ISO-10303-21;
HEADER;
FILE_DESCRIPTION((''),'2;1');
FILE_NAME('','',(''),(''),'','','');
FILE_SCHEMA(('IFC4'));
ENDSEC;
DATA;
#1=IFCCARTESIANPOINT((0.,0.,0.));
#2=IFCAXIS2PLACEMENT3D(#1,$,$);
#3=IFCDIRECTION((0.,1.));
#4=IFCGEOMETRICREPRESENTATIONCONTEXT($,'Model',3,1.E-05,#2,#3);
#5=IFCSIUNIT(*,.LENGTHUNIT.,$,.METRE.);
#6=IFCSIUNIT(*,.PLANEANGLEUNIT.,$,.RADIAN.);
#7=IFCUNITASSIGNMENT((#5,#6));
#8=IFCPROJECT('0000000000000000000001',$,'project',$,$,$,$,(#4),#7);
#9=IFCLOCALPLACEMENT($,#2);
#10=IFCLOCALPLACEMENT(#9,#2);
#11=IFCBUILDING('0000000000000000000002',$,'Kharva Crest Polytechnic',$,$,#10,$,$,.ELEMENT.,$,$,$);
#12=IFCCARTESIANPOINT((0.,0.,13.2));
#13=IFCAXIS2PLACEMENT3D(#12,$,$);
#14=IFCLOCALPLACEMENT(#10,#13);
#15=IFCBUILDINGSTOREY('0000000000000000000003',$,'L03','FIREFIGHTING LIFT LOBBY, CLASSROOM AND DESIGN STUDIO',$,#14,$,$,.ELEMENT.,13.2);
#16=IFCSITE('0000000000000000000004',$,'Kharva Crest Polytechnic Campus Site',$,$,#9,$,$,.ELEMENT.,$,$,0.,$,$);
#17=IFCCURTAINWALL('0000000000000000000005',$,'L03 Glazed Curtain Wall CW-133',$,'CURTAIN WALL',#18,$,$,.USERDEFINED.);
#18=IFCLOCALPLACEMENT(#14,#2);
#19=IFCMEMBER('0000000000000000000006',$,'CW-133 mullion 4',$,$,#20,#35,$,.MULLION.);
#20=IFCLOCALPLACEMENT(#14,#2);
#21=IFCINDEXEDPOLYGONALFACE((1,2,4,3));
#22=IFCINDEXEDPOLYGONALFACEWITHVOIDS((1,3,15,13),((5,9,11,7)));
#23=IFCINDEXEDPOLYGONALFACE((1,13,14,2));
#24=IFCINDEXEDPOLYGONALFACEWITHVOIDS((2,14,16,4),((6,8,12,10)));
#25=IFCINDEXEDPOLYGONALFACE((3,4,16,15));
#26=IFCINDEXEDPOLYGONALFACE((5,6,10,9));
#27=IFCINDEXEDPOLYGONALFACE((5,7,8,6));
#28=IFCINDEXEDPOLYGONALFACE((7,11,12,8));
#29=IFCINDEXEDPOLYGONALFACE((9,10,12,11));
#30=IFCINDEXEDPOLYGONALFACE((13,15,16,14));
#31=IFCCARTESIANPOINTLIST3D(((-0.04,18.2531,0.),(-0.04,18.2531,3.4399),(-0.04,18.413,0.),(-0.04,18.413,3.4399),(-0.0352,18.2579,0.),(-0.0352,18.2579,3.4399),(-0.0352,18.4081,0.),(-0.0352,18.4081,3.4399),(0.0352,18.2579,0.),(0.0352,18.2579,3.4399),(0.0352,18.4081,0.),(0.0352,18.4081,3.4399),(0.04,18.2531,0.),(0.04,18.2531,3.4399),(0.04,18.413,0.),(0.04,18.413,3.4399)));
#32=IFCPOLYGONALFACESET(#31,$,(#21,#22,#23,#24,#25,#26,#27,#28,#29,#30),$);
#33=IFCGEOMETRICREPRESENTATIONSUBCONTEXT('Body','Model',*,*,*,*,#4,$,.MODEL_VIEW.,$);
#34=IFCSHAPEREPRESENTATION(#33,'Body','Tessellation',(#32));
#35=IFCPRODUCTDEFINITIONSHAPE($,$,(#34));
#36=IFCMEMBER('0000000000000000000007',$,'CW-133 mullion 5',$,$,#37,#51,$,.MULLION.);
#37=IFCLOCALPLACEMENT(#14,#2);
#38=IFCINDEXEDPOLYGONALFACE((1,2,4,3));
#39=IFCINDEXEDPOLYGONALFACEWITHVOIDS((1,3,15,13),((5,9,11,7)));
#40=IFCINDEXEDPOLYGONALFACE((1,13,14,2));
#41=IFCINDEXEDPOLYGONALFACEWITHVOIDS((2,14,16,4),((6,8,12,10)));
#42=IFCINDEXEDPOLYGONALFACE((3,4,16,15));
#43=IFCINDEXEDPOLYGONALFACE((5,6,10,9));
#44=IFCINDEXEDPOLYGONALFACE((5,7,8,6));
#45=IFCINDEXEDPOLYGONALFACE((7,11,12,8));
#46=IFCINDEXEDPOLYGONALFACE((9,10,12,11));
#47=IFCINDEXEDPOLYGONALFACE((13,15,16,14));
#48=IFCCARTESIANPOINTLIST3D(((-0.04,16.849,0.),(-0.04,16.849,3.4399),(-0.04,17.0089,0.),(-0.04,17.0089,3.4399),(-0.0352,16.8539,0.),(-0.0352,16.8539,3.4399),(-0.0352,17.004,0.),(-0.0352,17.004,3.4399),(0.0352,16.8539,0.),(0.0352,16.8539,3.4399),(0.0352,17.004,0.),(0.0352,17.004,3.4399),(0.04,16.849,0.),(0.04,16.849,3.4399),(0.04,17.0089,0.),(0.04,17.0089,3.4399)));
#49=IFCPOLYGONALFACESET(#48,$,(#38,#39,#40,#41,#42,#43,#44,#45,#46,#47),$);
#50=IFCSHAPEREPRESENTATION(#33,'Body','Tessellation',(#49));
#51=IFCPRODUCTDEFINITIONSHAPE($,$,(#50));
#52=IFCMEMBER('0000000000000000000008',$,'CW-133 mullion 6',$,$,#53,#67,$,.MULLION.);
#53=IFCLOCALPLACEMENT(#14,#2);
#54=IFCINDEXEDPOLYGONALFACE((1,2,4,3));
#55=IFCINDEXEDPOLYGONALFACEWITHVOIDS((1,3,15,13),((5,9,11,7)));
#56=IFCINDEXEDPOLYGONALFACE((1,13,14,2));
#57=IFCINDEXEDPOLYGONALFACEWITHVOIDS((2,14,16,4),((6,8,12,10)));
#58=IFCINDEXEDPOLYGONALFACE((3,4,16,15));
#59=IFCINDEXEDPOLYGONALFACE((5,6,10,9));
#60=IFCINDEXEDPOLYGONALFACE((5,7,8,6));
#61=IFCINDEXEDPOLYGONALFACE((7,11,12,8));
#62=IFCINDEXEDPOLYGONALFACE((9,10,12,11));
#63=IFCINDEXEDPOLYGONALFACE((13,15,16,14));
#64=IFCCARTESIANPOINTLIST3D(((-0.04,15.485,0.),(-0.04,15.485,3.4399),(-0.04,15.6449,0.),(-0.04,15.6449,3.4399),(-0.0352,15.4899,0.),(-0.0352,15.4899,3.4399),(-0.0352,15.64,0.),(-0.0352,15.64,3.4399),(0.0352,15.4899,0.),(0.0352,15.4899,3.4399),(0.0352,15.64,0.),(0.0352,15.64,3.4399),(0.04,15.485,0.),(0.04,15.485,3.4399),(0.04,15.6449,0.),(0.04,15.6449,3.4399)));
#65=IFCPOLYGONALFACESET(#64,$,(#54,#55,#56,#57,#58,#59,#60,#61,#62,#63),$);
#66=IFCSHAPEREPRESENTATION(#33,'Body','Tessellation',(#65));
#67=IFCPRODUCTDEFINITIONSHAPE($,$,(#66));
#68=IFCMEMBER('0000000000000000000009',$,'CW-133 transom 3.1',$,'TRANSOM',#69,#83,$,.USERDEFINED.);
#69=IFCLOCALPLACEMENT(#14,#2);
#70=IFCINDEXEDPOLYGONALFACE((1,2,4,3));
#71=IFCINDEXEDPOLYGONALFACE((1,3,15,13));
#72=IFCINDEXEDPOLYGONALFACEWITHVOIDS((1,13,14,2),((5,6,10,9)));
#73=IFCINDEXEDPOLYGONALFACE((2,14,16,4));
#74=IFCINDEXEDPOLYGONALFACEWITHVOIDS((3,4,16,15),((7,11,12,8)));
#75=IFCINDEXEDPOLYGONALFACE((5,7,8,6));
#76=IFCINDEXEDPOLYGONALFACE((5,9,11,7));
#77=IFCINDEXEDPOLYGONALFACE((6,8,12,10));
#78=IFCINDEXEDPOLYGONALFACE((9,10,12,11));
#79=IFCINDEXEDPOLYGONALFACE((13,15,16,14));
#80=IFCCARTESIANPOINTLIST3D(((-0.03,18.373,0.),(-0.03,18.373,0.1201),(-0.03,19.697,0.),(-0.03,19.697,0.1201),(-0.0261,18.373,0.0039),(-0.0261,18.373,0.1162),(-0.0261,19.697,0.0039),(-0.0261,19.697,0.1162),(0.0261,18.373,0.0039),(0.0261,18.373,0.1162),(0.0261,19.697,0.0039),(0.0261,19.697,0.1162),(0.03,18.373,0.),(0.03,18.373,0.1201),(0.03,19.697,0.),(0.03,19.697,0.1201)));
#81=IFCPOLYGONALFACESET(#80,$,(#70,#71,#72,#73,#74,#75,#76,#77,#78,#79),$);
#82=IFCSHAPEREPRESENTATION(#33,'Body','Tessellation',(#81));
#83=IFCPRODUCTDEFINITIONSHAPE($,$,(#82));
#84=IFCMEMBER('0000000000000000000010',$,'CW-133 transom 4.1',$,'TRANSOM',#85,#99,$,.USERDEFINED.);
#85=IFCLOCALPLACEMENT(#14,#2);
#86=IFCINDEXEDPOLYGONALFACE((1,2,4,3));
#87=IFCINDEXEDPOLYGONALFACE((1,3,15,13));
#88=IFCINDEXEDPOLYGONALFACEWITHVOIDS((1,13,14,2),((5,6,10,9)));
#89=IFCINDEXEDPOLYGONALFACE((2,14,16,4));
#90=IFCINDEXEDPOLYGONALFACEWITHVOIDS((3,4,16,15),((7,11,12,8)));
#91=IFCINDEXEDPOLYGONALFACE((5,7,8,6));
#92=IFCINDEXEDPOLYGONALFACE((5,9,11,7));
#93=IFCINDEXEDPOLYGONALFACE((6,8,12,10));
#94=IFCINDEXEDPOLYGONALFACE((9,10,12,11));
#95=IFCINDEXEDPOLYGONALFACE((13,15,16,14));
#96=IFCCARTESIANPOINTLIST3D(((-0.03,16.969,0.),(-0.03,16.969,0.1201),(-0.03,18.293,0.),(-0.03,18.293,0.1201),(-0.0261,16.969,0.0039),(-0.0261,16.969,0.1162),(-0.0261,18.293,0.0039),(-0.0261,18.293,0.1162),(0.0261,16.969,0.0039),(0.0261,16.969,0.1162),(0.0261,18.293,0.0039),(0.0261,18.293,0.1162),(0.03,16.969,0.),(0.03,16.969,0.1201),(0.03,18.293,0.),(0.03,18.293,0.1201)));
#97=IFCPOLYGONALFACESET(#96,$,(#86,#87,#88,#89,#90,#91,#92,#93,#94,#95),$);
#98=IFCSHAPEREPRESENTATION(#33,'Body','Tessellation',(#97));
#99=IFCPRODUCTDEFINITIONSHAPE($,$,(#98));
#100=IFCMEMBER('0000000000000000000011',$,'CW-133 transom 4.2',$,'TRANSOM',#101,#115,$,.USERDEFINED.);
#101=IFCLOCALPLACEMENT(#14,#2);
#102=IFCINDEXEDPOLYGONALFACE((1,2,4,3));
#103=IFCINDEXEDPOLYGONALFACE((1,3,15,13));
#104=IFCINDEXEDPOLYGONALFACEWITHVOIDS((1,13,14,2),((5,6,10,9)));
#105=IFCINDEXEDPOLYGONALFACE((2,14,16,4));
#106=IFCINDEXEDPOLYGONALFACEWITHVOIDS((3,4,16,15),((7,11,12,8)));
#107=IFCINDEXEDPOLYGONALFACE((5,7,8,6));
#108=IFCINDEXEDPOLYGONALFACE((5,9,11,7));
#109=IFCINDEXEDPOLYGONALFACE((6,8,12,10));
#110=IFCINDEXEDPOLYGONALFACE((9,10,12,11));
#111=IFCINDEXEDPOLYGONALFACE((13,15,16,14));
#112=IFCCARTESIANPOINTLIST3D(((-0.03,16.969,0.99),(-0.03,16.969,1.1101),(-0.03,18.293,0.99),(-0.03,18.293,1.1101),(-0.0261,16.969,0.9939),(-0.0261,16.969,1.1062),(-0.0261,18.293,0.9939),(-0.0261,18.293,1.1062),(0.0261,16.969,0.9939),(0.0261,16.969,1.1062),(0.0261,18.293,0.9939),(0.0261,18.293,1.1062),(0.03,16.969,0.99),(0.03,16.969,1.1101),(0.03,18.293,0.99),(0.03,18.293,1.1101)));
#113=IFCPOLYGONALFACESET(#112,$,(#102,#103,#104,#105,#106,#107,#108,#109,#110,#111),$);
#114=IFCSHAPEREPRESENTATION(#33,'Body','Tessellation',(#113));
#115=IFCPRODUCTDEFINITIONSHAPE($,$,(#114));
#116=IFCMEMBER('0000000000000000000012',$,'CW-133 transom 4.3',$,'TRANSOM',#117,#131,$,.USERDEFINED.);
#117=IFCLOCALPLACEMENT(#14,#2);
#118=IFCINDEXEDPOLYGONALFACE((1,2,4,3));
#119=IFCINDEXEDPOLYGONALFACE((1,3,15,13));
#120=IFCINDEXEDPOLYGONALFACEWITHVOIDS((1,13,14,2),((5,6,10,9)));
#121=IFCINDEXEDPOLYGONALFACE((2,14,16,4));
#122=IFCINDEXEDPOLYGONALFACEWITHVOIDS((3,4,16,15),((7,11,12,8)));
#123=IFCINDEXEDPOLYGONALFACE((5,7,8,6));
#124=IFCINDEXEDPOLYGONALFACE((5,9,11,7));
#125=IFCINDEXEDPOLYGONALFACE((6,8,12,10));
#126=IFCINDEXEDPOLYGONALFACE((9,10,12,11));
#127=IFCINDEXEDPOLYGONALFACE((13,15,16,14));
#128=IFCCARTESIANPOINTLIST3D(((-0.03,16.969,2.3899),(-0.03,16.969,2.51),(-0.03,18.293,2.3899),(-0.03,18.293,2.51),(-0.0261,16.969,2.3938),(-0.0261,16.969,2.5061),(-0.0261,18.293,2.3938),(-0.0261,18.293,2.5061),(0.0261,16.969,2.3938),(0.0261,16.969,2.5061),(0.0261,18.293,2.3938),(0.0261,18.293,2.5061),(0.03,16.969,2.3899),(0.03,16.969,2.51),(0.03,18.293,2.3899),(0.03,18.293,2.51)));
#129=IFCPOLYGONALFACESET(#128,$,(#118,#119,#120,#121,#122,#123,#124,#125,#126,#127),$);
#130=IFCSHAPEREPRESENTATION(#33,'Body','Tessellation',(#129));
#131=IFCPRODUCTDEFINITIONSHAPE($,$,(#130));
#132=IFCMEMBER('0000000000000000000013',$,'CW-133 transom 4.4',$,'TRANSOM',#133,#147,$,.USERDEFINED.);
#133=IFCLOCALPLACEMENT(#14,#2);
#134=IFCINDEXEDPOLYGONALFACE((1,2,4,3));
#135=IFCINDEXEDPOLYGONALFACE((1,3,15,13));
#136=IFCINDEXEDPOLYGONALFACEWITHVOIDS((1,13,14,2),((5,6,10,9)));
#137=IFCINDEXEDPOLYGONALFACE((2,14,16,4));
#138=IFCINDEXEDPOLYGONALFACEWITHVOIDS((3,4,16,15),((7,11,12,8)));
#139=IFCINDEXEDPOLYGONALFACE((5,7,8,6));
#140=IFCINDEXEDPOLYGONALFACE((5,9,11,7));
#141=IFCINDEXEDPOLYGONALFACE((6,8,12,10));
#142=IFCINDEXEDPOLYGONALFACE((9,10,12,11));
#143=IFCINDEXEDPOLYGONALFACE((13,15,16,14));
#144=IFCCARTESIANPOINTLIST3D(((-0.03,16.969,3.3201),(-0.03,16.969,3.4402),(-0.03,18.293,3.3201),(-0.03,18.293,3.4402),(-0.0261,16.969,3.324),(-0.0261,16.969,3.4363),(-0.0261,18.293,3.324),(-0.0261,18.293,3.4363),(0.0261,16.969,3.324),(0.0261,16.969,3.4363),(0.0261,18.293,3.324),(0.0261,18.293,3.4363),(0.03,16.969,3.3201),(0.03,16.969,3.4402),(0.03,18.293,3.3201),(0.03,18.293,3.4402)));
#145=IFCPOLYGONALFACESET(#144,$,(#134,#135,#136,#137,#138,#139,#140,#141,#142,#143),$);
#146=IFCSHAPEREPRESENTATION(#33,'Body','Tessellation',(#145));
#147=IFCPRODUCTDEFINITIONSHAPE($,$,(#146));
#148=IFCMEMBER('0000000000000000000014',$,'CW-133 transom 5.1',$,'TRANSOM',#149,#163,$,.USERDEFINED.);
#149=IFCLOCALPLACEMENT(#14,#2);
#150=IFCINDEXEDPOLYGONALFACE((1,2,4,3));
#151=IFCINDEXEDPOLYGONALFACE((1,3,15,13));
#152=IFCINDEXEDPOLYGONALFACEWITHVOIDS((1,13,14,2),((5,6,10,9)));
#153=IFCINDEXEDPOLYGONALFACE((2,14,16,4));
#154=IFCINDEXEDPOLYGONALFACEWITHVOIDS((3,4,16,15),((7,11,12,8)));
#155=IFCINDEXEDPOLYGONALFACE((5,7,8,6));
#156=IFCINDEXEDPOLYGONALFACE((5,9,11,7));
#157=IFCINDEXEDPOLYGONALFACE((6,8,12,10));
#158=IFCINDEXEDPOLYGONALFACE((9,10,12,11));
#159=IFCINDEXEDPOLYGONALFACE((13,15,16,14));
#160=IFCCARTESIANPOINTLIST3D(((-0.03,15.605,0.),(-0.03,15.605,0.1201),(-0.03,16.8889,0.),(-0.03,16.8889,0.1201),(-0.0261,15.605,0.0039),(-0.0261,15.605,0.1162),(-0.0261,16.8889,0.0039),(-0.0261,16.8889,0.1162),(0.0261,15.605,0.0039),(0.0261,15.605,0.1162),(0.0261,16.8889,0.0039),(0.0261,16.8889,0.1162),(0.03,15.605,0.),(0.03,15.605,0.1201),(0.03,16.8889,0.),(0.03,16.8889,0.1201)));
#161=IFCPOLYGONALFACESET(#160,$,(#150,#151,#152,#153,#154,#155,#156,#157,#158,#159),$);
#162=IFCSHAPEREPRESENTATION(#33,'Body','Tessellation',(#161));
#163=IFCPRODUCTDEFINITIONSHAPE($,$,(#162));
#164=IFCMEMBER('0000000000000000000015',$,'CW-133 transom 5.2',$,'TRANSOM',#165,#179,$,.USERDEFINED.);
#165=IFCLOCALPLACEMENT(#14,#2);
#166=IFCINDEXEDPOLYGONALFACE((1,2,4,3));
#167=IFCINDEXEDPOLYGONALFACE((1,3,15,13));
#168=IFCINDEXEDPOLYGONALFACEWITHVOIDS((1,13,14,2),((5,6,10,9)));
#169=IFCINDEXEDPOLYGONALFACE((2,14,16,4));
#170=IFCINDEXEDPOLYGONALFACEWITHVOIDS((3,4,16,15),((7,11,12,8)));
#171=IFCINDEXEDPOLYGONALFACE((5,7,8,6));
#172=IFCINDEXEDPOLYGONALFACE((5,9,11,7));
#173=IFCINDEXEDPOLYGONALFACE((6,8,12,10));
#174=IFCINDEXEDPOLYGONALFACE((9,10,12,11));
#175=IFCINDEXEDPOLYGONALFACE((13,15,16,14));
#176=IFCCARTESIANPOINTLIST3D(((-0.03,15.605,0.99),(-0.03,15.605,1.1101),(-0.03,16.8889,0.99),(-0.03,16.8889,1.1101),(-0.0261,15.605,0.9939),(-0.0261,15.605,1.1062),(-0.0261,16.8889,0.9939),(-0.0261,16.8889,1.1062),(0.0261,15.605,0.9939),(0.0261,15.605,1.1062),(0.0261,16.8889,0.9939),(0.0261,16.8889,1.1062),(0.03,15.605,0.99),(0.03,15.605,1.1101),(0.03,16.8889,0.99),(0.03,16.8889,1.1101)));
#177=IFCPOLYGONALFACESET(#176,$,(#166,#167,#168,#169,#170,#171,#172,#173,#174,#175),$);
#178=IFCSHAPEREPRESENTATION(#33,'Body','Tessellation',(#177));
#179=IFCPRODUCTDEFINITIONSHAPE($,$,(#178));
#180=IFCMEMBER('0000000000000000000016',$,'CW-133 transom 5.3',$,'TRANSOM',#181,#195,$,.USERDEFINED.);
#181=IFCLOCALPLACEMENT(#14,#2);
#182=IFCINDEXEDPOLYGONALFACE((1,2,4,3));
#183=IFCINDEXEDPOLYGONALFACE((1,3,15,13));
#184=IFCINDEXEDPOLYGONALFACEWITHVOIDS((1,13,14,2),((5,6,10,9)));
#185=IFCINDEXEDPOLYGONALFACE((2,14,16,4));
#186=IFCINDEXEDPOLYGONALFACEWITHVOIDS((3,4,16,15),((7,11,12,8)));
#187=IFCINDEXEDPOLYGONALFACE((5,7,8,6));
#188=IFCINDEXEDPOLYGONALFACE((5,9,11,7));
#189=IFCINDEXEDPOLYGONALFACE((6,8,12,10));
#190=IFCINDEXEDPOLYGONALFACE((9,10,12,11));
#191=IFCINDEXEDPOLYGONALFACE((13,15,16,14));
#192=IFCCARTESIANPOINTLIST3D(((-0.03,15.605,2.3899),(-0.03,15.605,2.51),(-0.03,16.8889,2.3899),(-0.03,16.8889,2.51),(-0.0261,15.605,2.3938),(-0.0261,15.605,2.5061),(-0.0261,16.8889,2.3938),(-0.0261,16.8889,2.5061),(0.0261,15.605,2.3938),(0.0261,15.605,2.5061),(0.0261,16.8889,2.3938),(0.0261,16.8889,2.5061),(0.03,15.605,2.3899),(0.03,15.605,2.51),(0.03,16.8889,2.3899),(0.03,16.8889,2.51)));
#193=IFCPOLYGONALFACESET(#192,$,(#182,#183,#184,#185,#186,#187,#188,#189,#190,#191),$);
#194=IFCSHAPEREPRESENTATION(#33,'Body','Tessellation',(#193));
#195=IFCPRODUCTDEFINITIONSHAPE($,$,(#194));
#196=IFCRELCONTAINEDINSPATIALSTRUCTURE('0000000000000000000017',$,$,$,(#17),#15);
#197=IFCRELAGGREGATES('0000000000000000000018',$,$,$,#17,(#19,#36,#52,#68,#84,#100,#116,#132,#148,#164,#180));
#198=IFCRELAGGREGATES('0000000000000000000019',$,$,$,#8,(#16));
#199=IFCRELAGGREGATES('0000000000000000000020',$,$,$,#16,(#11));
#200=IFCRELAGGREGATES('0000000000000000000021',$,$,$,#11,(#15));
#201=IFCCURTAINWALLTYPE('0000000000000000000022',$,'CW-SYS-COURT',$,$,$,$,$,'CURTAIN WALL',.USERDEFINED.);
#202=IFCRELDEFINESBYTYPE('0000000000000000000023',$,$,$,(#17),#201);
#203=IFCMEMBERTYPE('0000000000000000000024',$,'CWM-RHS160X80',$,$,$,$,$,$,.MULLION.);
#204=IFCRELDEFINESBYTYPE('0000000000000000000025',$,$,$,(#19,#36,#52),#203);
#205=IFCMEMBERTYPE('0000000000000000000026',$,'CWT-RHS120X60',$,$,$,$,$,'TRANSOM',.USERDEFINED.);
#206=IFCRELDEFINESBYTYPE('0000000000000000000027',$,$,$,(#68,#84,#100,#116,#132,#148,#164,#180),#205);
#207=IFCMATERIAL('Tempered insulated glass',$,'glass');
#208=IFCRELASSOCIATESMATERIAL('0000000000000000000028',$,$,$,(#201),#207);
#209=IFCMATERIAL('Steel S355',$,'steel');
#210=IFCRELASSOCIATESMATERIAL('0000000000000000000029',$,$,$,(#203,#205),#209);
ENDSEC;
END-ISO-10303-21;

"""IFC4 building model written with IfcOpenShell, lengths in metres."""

from ifc_helpers import new_model, si_unit, direction, frame, origin, origin_2d, place, context, subcontext, project, spatial, hollow_rectangle, extrude, material, material_profile, profile_set, type_object, element, aggregate, save


model = new_model("IFC4")

# Units and contexts
model_context = context("Model", 3, precision=1e-05, world=origin(), true_north=direction((0.0, 1.0)))
body_context = subcontext(model_context, "Body", "Model", "MODEL_VIEW")
ifc_project = project(units=[si_unit("LENGTHUNIT", "METRE"), si_unit("PLANEANGLEUNIT", "RADIAN")], contexts=[model_context])

# Site, building, storey
site_placement = place(None, origin())
site = spatial("IfcSite", under=ifc_project, at=site_placement, Name="Kharva Crest Polytechnic Campus Site", CompositionType="ELEMENT", RefElevation=0.0)
building_placement = place(site_placement, origin())
building = spatial("IfcBuilding", under=site, at=building_placement, Name="Kharva Crest Polytechnic", CompositionType="ELEMENT")
storey_placement = place(building_placement, frame((0.0, 0.0, 13.2)))
storey = spatial("IfcBuildingStorey", under=building, at=storey_placement, Name="L03", Description="FIREFIGHTING LIFT LOBBY, CLASSROOM AND DESIGN STUDIO", CompositionType="ELEMENT", Elevation=13.2)

# Curtain wall, members
ifc_material_1 = material(Name="Tempered insulated glass", Category="glass")
curtain_wall_type = type_object("IfcCurtainWallType", Name="CW-SYS-COURT", ElementType="CURTAIN WALL", PredefinedType="USERDEFINED", material=ifc_material_1)
curtain_wall_placement = place(storey_placement, origin())
curtain_wall = element("IfcCurtainWall", 1, at=curtain_wall_placement, inside=storey, type_object=curtain_wall_type, Name="L03 Glazed Curtain Wall CW-133", ObjectType="CURTAIN WALL", PredefinedType="USERDEFINED")
ifc_material_2 = material(Name="Steel S355", Category="steel")
ifc_material_profile_1 = material_profile(ifc_material_2, hollow_rectangle(XDim=0.0801, YDim=0.1599, WallThickness=0.0049, at=origin_2d()), Name="RHS 160X80X5.0")
ifc_profile_set_1 = profile_set([ifc_material_profile_1], Name="Steel S355")
member_type_1 = type_object("IfcMemberType", Name="CWM-RHS160X80", PredefinedType="MULLION", material=ifc_profile_set_1)
member_1_placement = place(storey_placement, frame((0.0, 18.333, 0.0), z_axis=(0.0, 0.0, 1.0), x_axis=(1.0, 0.0, 0.0)))
member_1 = element("IfcMember", 2, at=member_1_placement, type_object=member_type_1, Name="CW-133 mullion 4", PredefinedType="MULLION", context=body_context, shape_type="SweptSolid", body=[
    extrude(hollow_rectangle(XDim=0.0801, YDim=0.1599, WallThickness=0.0049, at=origin_2d()), origin(), (0.0, 0.0, 1.0), 3.4399),
])
member_2_placement = place(storey_placement, frame((0.0, 16.929, 0.0), z_axis=(0.0, 0.0, 1.0), x_axis=(1.0, 0.0, 0.0)))
member_2 = element("IfcMember", 3, at=member_2_placement, type_object=member_type_1, Name="CW-133 mullion 5", PredefinedType="MULLION", context=body_context, shape_type="SweptSolid", body=[
    extrude(hollow_rectangle(XDim=0.0801, YDim=0.1599, WallThickness=0.0049, at=origin_2d()), origin(), (0.0, 0.0, 1.0), 3.4399),
])
member_3_placement = place(storey_placement, frame((0.0, 15.5649, 0.0), z_axis=(0.0, 0.0, 1.0), x_axis=(1.0, 0.0, 0.0)))
member_3 = element("IfcMember", 4, at=member_3_placement, type_object=member_type_1, Name="CW-133 mullion 6", PredefinedType="MULLION", context=body_context, shape_type="SweptSolid", body=[
    extrude(hollow_rectangle(XDim=0.0801, YDim=0.1599, WallThickness=0.0049, at=origin_2d()), origin(), (0.0, 0.0, 1.0), 3.4399),
])
ifc_material_profile_2 = material_profile(ifc_material_2, hollow_rectangle(XDim=0.0601, YDim=0.1201, WallThickness=0.0039, at=origin_2d()), Name="RHS 120X60X4.0")
ifc_profile_set_2 = profile_set([ifc_material_profile_2], Name="Steel S355")
member_type_2 = type_object("IfcMemberType", Name="CWT-RHS120X60", ElementType="TRANSOM", PredefinedType="USERDEFINED", material=ifc_profile_set_2)
member_4_placement = place(storey_placement, frame((0.0, 19.697, 0.0601), z_axis=(0.0, -1.0, 0.0), x_axis=(1.0, 0.0, 0.0)))
member_4 = element("IfcMember", 5, at=member_4_placement, type_object=member_type_2, Name="CW-133 transom 3.1", ObjectType="TRANSOM", PredefinedType="USERDEFINED", context=body_context, shape_type="SweptSolid", body=[
    extrude(hollow_rectangle(XDim=0.0601, YDim=0.1201, WallThickness=0.0039, at=origin_2d()), origin(), (0.0, 0.0, 1.0), 1.324),
])
member_5_placement = place(storey_placement, frame((0.0, 18.293, 0.0601), z_axis=(0.0, -1.0, 0.0), x_axis=(1.0, 0.0, 0.0)))
member_5 = element("IfcMember", 6, at=member_5_placement, type_object=member_type_2, Name="CW-133 transom 4.1", ObjectType="TRANSOM", PredefinedType="USERDEFINED", context=body_context, shape_type="SweptSolid", body=[
    extrude(hollow_rectangle(XDim=0.0601, YDim=0.1201, WallThickness=0.0039, at=origin_2d()), origin(), (0.0, 0.0, 1.0), 1.324),
])
member_6_placement = place(storey_placement, frame((0.0, 18.293, 1.05), z_axis=(0.0, -1.0, 0.0), x_axis=(1.0, 0.0, 0.0)))
member_6 = element("IfcMember", 7, at=member_6_placement, type_object=member_type_2, Name="CW-133 transom 4.2", ObjectType="TRANSOM", PredefinedType="USERDEFINED", context=body_context, shape_type="SweptSolid", body=[
    extrude(hollow_rectangle(XDim=0.0601, YDim=0.1201, WallThickness=0.0039, at=origin_2d()), origin(), (0.0, 0.0, 1.0), 1.324),
])
member_7_placement = place(storey_placement, frame((0.0, 18.293, 2.45), z_axis=(0.0, -1.0, 0.0), x_axis=(1.0, 0.0, 0.0)))
member_7 = element("IfcMember", 8, at=member_7_placement, type_object=member_type_2, Name="CW-133 transom 4.3", ObjectType="TRANSOM", PredefinedType="USERDEFINED", context=body_context, shape_type="SweptSolid", body=[
    extrude(hollow_rectangle(XDim=0.0601, YDim=0.1201, WallThickness=0.0039, at=origin_2d()), origin(), (0.0, 0.0, 1.0), 1.324),
])
member_8_placement = place(storey_placement, frame((0.0, 18.293, 3.3801), z_axis=(0.0, -1.0, 0.0), x_axis=(1.0, 0.0, 0.0)))
member_8 = element("IfcMember", 9, at=member_8_placement, type_object=member_type_2, Name="CW-133 transom 4.4", ObjectType="TRANSOM", PredefinedType="USERDEFINED", context=body_context, shape_type="SweptSolid", body=[
    extrude(hollow_rectangle(XDim=0.0601, YDim=0.1201, WallThickness=0.0039, at=origin_2d()), origin(), (0.0, 0.0, 1.0), 1.324),
])
member_9_placement = place(storey_placement, frame((0.0, 16.8889, 0.0601), z_axis=(0.0, -1.0, 0.0), x_axis=(1.0, 0.0, 0.0)))
member_9 = element("IfcMember", 10, at=member_9_placement, type_object=member_type_2, Name="CW-133 transom 5.1", ObjectType="TRANSOM", PredefinedType="USERDEFINED", context=body_context, shape_type="SweptSolid", body=[
    extrude(hollow_rectangle(XDim=0.0601, YDim=0.1201, WallThickness=0.0039, at=origin_2d()), origin(), (0.0, 0.0, 1.0), 1.2839),
])
member_10_placement = place(storey_placement, frame((0.0, 16.8889, 1.05), z_axis=(0.0, -1.0, 0.0), x_axis=(1.0, 0.0, 0.0)))
member_10 = element("IfcMember", 11, at=member_10_placement, type_object=member_type_2, Name="CW-133 transom 5.2", ObjectType="TRANSOM", PredefinedType="USERDEFINED", context=body_context, shape_type="SweptSolid", body=[
    extrude(hollow_rectangle(XDim=0.0601, YDim=0.1201, WallThickness=0.0039, at=origin_2d()), origin(), (0.0, 0.0, 1.0), 1.2839),
])
member_11_placement = place(storey_placement, frame((0.0, 16.8889, 2.45), z_axis=(0.0, -1.0, 0.0), x_axis=(1.0, 0.0, 0.0)))
member_11 = element("IfcMember", 12, at=member_11_placement, type_object=member_type_2, Name="CW-133 transom 5.3", ObjectType="TRANSOM", PredefinedType="USERDEFINED", context=body_context, shape_type="SweptSolid", body=[
    extrude(hollow_rectangle(XDim=0.0601, YDim=0.1201, WallThickness=0.0039, at=origin_2d()), origin(), (0.0, 0.0, 1.0), 1.2839),
])

aggregate(curtain_wall, [member_1, member_2, member_3, member_4, member_5, member_6, member_7, member_8, member_9, member_10, member_11])

save(model, "model.ifc")
